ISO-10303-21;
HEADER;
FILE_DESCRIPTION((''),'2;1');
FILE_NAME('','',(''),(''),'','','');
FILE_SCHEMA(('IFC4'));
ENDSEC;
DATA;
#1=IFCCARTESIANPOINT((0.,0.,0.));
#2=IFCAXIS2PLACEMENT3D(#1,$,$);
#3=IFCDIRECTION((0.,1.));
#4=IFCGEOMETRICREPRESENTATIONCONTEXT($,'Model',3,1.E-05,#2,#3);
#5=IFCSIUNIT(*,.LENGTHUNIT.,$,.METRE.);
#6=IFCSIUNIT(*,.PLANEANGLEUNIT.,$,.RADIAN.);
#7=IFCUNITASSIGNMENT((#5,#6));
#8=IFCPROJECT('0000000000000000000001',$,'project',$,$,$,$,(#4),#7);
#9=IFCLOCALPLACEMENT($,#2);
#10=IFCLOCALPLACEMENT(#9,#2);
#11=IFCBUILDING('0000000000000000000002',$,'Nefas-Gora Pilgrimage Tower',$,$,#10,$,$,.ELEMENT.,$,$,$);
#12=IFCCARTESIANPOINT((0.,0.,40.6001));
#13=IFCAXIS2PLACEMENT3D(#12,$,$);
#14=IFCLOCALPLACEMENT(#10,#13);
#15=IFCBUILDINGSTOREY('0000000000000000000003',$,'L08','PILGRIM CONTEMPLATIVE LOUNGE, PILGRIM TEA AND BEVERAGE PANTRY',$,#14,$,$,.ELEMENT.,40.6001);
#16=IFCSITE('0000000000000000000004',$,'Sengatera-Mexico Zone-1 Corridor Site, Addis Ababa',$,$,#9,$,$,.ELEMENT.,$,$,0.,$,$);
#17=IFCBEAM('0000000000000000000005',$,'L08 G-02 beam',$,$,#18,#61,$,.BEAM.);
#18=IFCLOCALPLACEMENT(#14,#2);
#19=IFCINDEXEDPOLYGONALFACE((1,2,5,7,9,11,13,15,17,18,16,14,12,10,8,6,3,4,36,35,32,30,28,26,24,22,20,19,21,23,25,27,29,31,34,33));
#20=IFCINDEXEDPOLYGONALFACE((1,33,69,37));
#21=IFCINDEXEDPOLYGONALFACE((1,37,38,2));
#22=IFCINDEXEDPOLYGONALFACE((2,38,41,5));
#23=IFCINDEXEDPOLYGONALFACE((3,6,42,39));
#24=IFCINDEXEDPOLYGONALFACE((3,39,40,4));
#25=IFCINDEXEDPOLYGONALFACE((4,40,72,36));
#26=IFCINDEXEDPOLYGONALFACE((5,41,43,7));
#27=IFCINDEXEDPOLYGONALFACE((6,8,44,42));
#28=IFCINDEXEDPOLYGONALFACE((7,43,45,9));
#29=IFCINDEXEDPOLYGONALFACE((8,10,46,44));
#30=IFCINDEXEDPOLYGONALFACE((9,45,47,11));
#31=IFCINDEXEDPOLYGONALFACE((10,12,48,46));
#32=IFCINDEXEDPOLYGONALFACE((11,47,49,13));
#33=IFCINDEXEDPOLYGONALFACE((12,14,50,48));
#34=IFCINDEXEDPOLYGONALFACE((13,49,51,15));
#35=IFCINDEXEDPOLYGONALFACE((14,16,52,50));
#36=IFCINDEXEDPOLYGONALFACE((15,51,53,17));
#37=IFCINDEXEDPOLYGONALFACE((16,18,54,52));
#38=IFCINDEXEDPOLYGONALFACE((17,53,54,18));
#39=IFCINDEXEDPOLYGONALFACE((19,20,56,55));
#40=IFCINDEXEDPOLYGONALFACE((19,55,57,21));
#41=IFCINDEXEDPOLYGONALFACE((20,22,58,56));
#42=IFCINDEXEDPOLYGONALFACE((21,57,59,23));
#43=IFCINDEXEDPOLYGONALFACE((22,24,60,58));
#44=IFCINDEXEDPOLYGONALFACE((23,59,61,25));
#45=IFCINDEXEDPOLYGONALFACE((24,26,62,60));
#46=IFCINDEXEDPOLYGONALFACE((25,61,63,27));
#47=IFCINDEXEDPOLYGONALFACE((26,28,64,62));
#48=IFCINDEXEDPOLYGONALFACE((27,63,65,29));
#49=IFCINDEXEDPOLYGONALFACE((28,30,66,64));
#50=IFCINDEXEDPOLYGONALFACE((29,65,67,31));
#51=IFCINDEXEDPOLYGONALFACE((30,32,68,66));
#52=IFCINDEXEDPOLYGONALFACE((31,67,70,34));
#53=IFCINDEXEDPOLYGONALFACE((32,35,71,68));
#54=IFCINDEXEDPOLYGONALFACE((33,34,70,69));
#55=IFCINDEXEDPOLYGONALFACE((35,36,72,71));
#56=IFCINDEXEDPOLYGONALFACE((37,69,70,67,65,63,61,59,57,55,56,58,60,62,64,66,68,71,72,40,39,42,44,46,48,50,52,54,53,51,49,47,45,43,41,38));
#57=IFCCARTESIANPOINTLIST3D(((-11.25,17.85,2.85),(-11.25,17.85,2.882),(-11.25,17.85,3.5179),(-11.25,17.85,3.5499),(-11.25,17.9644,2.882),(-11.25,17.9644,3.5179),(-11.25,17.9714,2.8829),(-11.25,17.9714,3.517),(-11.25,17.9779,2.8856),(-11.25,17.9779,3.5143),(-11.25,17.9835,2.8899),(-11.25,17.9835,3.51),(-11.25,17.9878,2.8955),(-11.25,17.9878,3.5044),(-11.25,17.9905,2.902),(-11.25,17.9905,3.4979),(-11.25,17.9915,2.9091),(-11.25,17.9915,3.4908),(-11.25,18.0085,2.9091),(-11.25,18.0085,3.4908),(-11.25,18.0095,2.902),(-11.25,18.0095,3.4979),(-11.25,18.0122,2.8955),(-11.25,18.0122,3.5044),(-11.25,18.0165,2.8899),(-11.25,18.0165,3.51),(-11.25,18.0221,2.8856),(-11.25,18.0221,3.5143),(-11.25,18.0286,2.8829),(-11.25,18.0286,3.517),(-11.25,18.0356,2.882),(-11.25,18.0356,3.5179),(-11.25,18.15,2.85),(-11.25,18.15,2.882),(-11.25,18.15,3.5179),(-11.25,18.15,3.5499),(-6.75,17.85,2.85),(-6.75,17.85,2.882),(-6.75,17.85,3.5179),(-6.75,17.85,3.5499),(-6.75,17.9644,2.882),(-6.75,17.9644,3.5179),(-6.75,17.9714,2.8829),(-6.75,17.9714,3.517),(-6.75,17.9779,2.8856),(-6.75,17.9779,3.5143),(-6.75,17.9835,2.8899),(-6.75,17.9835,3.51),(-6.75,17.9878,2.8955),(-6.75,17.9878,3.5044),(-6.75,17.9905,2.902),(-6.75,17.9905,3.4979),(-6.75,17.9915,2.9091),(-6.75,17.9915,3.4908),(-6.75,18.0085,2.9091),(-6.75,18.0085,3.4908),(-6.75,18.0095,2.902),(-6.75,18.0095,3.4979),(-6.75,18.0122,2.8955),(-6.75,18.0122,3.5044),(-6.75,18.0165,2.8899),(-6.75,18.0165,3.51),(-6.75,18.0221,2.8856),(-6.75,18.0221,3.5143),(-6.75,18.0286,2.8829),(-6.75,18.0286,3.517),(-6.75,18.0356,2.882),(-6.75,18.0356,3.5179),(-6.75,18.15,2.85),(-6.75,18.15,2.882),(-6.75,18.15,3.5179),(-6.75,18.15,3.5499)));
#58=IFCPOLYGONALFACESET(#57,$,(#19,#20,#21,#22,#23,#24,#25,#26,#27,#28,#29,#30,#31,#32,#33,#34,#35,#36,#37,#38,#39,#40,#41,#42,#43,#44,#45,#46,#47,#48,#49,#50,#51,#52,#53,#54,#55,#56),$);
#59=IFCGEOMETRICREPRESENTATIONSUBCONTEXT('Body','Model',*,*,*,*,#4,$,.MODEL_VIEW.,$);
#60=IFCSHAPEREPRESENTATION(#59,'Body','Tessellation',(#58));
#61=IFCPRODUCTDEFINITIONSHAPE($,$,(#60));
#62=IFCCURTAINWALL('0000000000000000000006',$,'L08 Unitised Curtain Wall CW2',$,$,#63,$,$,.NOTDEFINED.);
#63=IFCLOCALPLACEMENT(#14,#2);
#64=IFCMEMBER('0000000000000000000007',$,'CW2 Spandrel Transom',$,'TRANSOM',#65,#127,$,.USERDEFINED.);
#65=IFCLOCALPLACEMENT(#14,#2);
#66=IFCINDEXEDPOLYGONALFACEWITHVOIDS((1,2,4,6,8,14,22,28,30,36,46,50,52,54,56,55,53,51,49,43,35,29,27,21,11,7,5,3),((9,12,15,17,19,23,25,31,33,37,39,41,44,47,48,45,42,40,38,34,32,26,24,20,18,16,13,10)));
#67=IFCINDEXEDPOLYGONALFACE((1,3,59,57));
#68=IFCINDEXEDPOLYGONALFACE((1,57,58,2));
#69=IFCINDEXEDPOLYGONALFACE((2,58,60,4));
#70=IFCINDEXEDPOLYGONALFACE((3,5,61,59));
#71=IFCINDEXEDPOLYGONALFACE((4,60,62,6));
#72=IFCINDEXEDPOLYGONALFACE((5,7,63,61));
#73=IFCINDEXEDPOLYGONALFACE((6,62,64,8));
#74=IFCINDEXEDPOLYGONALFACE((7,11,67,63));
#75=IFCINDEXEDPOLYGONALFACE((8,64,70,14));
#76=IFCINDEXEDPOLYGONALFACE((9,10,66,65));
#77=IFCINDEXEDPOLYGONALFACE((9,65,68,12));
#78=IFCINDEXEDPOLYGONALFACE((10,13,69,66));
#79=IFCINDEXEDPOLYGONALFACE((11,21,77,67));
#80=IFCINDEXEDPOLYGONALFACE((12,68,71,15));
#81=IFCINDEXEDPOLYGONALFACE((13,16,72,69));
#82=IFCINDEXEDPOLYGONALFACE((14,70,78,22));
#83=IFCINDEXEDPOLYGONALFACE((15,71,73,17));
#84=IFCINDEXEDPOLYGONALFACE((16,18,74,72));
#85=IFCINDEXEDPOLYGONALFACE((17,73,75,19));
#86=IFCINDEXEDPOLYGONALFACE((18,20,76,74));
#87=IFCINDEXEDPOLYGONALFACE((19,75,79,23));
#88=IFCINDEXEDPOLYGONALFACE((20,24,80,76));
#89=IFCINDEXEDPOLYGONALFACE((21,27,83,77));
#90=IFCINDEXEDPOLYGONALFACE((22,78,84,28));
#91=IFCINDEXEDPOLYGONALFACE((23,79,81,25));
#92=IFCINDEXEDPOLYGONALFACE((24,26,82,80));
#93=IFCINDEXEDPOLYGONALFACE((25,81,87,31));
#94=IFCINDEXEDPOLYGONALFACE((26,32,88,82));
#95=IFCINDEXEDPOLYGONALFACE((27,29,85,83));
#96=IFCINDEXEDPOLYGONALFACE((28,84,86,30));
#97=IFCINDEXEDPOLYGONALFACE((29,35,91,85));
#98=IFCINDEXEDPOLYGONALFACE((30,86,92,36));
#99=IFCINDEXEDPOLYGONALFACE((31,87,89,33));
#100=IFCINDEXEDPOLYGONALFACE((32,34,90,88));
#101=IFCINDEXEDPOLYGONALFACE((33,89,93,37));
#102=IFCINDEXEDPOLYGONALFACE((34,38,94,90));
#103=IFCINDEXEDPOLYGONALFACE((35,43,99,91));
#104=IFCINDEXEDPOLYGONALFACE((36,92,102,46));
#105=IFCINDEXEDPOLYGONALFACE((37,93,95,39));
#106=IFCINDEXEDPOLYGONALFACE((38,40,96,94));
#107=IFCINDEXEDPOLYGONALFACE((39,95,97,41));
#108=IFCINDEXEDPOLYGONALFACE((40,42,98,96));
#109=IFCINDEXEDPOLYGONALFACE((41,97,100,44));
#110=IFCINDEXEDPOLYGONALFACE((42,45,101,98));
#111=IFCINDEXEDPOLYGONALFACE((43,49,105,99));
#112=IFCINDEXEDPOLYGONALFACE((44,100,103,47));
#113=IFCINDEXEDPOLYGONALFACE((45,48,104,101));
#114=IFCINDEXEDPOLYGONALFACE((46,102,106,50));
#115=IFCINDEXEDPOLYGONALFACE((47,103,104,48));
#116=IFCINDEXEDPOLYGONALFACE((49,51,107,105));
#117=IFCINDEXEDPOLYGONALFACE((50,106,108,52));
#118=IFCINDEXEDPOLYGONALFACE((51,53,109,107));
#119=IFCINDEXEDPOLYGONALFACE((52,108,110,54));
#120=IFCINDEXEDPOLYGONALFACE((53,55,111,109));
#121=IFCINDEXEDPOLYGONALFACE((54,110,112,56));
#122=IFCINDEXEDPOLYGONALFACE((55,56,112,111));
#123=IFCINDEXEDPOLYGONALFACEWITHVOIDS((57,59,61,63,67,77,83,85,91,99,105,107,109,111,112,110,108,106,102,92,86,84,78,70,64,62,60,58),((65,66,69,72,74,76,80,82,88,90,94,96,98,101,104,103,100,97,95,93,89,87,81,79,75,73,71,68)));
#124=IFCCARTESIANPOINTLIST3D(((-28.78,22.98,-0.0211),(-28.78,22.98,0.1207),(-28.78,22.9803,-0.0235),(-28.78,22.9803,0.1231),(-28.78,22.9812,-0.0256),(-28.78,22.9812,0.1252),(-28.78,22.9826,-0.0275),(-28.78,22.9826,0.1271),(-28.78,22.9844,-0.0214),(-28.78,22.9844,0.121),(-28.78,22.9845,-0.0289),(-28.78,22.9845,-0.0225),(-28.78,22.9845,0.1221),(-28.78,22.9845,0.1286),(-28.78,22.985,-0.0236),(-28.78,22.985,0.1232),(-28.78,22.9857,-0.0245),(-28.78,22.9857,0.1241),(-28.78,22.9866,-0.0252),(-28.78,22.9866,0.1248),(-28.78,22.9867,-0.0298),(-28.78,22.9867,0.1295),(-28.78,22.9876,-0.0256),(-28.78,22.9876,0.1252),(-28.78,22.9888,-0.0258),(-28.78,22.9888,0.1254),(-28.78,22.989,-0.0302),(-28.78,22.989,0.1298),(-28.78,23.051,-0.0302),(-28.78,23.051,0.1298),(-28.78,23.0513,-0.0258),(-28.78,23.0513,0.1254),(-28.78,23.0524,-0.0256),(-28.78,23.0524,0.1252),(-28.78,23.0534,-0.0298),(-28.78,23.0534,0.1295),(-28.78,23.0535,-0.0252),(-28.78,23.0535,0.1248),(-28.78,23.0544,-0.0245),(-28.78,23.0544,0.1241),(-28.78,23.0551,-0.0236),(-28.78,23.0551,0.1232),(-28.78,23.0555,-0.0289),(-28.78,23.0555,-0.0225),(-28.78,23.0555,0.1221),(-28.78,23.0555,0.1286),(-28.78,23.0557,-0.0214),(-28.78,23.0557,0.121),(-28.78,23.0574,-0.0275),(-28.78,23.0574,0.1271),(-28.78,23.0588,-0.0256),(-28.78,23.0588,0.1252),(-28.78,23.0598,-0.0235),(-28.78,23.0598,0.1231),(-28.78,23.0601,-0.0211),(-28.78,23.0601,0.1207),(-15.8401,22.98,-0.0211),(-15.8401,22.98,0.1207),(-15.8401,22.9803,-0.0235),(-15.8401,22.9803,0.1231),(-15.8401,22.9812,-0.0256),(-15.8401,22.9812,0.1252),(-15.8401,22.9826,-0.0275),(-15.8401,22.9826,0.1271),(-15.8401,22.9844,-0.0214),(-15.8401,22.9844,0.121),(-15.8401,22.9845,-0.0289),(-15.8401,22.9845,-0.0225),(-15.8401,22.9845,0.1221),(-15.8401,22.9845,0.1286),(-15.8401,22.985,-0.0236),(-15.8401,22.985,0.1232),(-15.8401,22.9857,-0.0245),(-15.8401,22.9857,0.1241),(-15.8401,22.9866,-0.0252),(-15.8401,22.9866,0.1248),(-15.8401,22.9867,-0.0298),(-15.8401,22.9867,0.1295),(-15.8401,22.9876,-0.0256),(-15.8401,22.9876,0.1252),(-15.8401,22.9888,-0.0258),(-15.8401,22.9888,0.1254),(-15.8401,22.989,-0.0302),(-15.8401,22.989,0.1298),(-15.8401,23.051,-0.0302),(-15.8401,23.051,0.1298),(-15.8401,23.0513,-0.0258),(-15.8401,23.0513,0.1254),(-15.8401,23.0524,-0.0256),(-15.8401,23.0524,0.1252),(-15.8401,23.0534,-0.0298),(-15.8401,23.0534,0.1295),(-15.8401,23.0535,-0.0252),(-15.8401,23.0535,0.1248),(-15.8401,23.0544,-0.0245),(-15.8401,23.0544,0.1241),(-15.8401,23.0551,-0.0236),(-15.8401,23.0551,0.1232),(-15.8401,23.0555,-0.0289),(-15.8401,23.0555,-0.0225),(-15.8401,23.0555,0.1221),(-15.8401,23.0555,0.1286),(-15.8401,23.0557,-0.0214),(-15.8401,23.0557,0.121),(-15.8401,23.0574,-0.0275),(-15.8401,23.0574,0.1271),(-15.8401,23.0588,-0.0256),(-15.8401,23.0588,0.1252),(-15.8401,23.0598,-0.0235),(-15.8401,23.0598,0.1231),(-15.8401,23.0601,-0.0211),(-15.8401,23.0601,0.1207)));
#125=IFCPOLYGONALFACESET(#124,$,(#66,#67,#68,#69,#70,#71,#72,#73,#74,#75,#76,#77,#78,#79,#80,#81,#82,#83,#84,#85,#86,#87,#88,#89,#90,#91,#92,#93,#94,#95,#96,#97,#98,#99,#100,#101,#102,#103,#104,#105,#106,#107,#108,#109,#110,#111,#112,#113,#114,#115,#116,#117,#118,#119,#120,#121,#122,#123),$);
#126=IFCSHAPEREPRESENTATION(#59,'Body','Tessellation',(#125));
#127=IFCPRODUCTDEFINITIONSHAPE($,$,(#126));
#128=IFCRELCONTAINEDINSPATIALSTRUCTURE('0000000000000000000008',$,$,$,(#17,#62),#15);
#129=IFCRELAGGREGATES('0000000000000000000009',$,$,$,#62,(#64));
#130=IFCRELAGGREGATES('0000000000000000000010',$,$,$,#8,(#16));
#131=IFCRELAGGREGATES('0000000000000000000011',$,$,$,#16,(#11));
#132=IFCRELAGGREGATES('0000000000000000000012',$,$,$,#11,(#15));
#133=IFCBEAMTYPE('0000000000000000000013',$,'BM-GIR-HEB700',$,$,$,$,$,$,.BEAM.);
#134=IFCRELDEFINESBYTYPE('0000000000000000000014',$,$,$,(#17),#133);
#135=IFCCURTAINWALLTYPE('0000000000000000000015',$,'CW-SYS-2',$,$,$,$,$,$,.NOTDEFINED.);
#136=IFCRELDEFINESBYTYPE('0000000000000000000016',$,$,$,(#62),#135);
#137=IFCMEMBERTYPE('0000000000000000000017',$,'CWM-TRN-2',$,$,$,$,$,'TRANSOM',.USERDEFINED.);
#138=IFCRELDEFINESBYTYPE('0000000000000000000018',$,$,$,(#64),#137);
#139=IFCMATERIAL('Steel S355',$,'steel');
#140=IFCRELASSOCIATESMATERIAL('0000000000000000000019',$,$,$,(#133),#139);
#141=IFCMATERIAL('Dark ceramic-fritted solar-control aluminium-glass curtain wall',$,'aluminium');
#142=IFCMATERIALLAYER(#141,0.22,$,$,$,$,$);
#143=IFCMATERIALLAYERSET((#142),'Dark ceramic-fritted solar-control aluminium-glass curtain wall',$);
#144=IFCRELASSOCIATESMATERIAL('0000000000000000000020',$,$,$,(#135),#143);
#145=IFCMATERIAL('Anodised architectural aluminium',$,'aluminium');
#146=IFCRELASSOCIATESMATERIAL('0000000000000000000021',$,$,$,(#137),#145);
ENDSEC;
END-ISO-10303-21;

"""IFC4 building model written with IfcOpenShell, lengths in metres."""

from ifc_helpers import new_model, si_unit, direction, frame, origin, origin_2d, place, context, subcontext, project, spatial, hollow_rectangle, i_section, extrude, source, transform, mapped, material, layer, layer_set, material_profile, profile_set, type_object, element, aggregate, save


model = new_model("IFC4")

# Units and contexts
model_context = context("Model", 3, precision=1e-05, world=origin(), true_north=direction((0.0, 1.0)))
body_context = subcontext(model_context, "Body", "Model", "MODEL_VIEW")
ifc_project = project(units=[si_unit("LENGTHUNIT", "METRE"), si_unit("PLANEANGLEUNIT", "RADIAN")], contexts=[model_context])

# Site, building, storey
site_placement = place(None, origin())
site = spatial("IfcSite", under=ifc_project, at=site_placement, Name="Sengatera-Mexico Zone-1 Corridor Site, Addis Ababa", CompositionType="ELEMENT", RefElevation=0.0)
building_placement = place(site_placement, origin())
building = spatial("IfcBuilding", under=site, at=building_placement, Name="Nefas-Gora Pilgrimage Tower", CompositionType="ELEMENT")
storey_placement = place(building_placement, frame((0.0, 0.0, 40.6001)))
storey = spatial("IfcBuildingStorey", under=building, at=storey_placement, Name="L08", Description="PILGRIM CONTEMPLATIVE LOUNGE, PILGRIM TEA AND BEVERAGE PANTRY", CompositionType="ELEMENT", Elevation=40.6001)

# Beam
ifc_material_1 = material(Name="Steel S355", Category="steel")
ifc_material_profile_1 = material_profile(ifc_material_1, i_section(OverallWidth=0.3, OverallDepth=0.7, WebThickness=0.0171, FlangeThickness=0.032, FilletRadius=0.0271, at=origin_2d()), Name="HEB 700")
ifc_profile_set_1 = profile_set([ifc_material_profile_1], Name="Steel S355")
beam_type_1 = type_object("IfcBeamType", Name="BM-GIR-HEB700", PredefinedType="BEAM", material=ifc_profile_set_1)
shared_shape_1 = source(origin(), body_context, "Body", "SweptSolid", [
    extrude(i_section(OverallWidth=0.3, OverallDepth=0.7, WebThickness=0.0171, FlangeThickness=0.032, FilletRadius=0.0271, at=origin_2d()), origin(), (0.0, 0.0, 1.0), 4.5),
])
for number, where, z_axis, x_axis, name in (
    (1, (-11.25, 18.0, 3.2), (1.0, 0.0, 0.0), (0.0, 1.0, 0.0), "L08 G-02 beam"),
):
    element("IfcBeam", number, at=place(storey_placement, frame(where, z_axis=z_axis, x_axis=x_axis)), inside=storey, type_object=beam_type_1, Name=name, PredefinedType="BEAM", context=body_context, shape_type="MappedRepresentation", body=[
        mapped(shared_shape_1, transform((0.0, 0.0, 0.0), x_axis=(1.0, 0.0, 0.0), y_axis=(0.0, 1.0, 0.0), z_axis=(0.0, 0.0, 1.0), scale=1.0)),
    ])

# Curtain wall, member
ifc_material_2 = material(Name="Dark ceramic-fritted solar-control aluminium-glass curtain wall", Category="aluminium")
ifc_layer_1 = layer(ifc_material_2, 0.22)
ifc_layer_set_1 = layer_set([ifc_layer_1], Name="Dark ceramic-fritted solar-control aluminium-glass curtain wall")
curtain_wall_type_1 = type_object("IfcCurtainWallType", Name="CW-SYS-2", PredefinedType="NOTDEFINED", material=ifc_layer_set_1)
curtain_wall_1_placement = place(storey_placement, origin())
curtain_wall_1 = element("IfcCurtainWall", 2, at=curtain_wall_1_placement, inside=storey, type_object=curtain_wall_type_1, Name="L08 Unitised Curtain Wall CW2", PredefinedType="NOTDEFINED")
ifc_material_3 = material(Name="Anodised architectural aluminium", Category="aluminium")
ifc_material_profile_2 = material_profile(ifc_material_3, hollow_rectangle(XDim=0.0801, YDim=0.1599, WallThickness=0.0044, InnerFilletRadius=0.0044, OuterFilletRadius=0.009, at=origin_2d()), Name="ALU TRANSOM 80x160")
ifc_profile_set_2 = profile_set([ifc_material_profile_2], Name="Anodised architectural aluminium")
member_type_1 = type_object("IfcMemberType", Name="CWM-TRN-2", ElementType="TRANSOM", PredefinedType="USERDEFINED", material=ifc_profile_set_2)
shared_shape_2 = source(origin(), body_context, "Body", "SweptSolid", [
    extrude(hollow_rectangle(XDim=0.0801, YDim=0.1599, WallThickness=0.0044, InnerFilletRadius=0.0044, OuterFilletRadius=0.009, at=origin_2d()), origin(), (0.0, 0.0, 1.0), 12.9399),
])
member_1_placement = place(storey_placement, frame((-15.8401, 23.02, 0.0498), z_axis=(-1.0, 0.0, 0.0), x_axis=(0.0, -1.0, 0.0)))
member_1 = element("IfcMember", 3, at=member_1_placement, type_object=member_type_1, Name="CW2 Spandrel Transom", ObjectType="TRANSOM", PredefinedType="USERDEFINED", context=body_context, shape_type="MappedRepresentation", body=[
    mapped(shared_shape_2, transform((0.0, 0.0, 0.0), x_axis=(1.0, 0.0, 0.0), y_axis=(0.0, 1.0, 0.0), z_axis=(0.0, 0.0, 1.0), scale=1.0)),
])

aggregate(curtain_wall_1, [member_1])

save(model, "model.ifc")
